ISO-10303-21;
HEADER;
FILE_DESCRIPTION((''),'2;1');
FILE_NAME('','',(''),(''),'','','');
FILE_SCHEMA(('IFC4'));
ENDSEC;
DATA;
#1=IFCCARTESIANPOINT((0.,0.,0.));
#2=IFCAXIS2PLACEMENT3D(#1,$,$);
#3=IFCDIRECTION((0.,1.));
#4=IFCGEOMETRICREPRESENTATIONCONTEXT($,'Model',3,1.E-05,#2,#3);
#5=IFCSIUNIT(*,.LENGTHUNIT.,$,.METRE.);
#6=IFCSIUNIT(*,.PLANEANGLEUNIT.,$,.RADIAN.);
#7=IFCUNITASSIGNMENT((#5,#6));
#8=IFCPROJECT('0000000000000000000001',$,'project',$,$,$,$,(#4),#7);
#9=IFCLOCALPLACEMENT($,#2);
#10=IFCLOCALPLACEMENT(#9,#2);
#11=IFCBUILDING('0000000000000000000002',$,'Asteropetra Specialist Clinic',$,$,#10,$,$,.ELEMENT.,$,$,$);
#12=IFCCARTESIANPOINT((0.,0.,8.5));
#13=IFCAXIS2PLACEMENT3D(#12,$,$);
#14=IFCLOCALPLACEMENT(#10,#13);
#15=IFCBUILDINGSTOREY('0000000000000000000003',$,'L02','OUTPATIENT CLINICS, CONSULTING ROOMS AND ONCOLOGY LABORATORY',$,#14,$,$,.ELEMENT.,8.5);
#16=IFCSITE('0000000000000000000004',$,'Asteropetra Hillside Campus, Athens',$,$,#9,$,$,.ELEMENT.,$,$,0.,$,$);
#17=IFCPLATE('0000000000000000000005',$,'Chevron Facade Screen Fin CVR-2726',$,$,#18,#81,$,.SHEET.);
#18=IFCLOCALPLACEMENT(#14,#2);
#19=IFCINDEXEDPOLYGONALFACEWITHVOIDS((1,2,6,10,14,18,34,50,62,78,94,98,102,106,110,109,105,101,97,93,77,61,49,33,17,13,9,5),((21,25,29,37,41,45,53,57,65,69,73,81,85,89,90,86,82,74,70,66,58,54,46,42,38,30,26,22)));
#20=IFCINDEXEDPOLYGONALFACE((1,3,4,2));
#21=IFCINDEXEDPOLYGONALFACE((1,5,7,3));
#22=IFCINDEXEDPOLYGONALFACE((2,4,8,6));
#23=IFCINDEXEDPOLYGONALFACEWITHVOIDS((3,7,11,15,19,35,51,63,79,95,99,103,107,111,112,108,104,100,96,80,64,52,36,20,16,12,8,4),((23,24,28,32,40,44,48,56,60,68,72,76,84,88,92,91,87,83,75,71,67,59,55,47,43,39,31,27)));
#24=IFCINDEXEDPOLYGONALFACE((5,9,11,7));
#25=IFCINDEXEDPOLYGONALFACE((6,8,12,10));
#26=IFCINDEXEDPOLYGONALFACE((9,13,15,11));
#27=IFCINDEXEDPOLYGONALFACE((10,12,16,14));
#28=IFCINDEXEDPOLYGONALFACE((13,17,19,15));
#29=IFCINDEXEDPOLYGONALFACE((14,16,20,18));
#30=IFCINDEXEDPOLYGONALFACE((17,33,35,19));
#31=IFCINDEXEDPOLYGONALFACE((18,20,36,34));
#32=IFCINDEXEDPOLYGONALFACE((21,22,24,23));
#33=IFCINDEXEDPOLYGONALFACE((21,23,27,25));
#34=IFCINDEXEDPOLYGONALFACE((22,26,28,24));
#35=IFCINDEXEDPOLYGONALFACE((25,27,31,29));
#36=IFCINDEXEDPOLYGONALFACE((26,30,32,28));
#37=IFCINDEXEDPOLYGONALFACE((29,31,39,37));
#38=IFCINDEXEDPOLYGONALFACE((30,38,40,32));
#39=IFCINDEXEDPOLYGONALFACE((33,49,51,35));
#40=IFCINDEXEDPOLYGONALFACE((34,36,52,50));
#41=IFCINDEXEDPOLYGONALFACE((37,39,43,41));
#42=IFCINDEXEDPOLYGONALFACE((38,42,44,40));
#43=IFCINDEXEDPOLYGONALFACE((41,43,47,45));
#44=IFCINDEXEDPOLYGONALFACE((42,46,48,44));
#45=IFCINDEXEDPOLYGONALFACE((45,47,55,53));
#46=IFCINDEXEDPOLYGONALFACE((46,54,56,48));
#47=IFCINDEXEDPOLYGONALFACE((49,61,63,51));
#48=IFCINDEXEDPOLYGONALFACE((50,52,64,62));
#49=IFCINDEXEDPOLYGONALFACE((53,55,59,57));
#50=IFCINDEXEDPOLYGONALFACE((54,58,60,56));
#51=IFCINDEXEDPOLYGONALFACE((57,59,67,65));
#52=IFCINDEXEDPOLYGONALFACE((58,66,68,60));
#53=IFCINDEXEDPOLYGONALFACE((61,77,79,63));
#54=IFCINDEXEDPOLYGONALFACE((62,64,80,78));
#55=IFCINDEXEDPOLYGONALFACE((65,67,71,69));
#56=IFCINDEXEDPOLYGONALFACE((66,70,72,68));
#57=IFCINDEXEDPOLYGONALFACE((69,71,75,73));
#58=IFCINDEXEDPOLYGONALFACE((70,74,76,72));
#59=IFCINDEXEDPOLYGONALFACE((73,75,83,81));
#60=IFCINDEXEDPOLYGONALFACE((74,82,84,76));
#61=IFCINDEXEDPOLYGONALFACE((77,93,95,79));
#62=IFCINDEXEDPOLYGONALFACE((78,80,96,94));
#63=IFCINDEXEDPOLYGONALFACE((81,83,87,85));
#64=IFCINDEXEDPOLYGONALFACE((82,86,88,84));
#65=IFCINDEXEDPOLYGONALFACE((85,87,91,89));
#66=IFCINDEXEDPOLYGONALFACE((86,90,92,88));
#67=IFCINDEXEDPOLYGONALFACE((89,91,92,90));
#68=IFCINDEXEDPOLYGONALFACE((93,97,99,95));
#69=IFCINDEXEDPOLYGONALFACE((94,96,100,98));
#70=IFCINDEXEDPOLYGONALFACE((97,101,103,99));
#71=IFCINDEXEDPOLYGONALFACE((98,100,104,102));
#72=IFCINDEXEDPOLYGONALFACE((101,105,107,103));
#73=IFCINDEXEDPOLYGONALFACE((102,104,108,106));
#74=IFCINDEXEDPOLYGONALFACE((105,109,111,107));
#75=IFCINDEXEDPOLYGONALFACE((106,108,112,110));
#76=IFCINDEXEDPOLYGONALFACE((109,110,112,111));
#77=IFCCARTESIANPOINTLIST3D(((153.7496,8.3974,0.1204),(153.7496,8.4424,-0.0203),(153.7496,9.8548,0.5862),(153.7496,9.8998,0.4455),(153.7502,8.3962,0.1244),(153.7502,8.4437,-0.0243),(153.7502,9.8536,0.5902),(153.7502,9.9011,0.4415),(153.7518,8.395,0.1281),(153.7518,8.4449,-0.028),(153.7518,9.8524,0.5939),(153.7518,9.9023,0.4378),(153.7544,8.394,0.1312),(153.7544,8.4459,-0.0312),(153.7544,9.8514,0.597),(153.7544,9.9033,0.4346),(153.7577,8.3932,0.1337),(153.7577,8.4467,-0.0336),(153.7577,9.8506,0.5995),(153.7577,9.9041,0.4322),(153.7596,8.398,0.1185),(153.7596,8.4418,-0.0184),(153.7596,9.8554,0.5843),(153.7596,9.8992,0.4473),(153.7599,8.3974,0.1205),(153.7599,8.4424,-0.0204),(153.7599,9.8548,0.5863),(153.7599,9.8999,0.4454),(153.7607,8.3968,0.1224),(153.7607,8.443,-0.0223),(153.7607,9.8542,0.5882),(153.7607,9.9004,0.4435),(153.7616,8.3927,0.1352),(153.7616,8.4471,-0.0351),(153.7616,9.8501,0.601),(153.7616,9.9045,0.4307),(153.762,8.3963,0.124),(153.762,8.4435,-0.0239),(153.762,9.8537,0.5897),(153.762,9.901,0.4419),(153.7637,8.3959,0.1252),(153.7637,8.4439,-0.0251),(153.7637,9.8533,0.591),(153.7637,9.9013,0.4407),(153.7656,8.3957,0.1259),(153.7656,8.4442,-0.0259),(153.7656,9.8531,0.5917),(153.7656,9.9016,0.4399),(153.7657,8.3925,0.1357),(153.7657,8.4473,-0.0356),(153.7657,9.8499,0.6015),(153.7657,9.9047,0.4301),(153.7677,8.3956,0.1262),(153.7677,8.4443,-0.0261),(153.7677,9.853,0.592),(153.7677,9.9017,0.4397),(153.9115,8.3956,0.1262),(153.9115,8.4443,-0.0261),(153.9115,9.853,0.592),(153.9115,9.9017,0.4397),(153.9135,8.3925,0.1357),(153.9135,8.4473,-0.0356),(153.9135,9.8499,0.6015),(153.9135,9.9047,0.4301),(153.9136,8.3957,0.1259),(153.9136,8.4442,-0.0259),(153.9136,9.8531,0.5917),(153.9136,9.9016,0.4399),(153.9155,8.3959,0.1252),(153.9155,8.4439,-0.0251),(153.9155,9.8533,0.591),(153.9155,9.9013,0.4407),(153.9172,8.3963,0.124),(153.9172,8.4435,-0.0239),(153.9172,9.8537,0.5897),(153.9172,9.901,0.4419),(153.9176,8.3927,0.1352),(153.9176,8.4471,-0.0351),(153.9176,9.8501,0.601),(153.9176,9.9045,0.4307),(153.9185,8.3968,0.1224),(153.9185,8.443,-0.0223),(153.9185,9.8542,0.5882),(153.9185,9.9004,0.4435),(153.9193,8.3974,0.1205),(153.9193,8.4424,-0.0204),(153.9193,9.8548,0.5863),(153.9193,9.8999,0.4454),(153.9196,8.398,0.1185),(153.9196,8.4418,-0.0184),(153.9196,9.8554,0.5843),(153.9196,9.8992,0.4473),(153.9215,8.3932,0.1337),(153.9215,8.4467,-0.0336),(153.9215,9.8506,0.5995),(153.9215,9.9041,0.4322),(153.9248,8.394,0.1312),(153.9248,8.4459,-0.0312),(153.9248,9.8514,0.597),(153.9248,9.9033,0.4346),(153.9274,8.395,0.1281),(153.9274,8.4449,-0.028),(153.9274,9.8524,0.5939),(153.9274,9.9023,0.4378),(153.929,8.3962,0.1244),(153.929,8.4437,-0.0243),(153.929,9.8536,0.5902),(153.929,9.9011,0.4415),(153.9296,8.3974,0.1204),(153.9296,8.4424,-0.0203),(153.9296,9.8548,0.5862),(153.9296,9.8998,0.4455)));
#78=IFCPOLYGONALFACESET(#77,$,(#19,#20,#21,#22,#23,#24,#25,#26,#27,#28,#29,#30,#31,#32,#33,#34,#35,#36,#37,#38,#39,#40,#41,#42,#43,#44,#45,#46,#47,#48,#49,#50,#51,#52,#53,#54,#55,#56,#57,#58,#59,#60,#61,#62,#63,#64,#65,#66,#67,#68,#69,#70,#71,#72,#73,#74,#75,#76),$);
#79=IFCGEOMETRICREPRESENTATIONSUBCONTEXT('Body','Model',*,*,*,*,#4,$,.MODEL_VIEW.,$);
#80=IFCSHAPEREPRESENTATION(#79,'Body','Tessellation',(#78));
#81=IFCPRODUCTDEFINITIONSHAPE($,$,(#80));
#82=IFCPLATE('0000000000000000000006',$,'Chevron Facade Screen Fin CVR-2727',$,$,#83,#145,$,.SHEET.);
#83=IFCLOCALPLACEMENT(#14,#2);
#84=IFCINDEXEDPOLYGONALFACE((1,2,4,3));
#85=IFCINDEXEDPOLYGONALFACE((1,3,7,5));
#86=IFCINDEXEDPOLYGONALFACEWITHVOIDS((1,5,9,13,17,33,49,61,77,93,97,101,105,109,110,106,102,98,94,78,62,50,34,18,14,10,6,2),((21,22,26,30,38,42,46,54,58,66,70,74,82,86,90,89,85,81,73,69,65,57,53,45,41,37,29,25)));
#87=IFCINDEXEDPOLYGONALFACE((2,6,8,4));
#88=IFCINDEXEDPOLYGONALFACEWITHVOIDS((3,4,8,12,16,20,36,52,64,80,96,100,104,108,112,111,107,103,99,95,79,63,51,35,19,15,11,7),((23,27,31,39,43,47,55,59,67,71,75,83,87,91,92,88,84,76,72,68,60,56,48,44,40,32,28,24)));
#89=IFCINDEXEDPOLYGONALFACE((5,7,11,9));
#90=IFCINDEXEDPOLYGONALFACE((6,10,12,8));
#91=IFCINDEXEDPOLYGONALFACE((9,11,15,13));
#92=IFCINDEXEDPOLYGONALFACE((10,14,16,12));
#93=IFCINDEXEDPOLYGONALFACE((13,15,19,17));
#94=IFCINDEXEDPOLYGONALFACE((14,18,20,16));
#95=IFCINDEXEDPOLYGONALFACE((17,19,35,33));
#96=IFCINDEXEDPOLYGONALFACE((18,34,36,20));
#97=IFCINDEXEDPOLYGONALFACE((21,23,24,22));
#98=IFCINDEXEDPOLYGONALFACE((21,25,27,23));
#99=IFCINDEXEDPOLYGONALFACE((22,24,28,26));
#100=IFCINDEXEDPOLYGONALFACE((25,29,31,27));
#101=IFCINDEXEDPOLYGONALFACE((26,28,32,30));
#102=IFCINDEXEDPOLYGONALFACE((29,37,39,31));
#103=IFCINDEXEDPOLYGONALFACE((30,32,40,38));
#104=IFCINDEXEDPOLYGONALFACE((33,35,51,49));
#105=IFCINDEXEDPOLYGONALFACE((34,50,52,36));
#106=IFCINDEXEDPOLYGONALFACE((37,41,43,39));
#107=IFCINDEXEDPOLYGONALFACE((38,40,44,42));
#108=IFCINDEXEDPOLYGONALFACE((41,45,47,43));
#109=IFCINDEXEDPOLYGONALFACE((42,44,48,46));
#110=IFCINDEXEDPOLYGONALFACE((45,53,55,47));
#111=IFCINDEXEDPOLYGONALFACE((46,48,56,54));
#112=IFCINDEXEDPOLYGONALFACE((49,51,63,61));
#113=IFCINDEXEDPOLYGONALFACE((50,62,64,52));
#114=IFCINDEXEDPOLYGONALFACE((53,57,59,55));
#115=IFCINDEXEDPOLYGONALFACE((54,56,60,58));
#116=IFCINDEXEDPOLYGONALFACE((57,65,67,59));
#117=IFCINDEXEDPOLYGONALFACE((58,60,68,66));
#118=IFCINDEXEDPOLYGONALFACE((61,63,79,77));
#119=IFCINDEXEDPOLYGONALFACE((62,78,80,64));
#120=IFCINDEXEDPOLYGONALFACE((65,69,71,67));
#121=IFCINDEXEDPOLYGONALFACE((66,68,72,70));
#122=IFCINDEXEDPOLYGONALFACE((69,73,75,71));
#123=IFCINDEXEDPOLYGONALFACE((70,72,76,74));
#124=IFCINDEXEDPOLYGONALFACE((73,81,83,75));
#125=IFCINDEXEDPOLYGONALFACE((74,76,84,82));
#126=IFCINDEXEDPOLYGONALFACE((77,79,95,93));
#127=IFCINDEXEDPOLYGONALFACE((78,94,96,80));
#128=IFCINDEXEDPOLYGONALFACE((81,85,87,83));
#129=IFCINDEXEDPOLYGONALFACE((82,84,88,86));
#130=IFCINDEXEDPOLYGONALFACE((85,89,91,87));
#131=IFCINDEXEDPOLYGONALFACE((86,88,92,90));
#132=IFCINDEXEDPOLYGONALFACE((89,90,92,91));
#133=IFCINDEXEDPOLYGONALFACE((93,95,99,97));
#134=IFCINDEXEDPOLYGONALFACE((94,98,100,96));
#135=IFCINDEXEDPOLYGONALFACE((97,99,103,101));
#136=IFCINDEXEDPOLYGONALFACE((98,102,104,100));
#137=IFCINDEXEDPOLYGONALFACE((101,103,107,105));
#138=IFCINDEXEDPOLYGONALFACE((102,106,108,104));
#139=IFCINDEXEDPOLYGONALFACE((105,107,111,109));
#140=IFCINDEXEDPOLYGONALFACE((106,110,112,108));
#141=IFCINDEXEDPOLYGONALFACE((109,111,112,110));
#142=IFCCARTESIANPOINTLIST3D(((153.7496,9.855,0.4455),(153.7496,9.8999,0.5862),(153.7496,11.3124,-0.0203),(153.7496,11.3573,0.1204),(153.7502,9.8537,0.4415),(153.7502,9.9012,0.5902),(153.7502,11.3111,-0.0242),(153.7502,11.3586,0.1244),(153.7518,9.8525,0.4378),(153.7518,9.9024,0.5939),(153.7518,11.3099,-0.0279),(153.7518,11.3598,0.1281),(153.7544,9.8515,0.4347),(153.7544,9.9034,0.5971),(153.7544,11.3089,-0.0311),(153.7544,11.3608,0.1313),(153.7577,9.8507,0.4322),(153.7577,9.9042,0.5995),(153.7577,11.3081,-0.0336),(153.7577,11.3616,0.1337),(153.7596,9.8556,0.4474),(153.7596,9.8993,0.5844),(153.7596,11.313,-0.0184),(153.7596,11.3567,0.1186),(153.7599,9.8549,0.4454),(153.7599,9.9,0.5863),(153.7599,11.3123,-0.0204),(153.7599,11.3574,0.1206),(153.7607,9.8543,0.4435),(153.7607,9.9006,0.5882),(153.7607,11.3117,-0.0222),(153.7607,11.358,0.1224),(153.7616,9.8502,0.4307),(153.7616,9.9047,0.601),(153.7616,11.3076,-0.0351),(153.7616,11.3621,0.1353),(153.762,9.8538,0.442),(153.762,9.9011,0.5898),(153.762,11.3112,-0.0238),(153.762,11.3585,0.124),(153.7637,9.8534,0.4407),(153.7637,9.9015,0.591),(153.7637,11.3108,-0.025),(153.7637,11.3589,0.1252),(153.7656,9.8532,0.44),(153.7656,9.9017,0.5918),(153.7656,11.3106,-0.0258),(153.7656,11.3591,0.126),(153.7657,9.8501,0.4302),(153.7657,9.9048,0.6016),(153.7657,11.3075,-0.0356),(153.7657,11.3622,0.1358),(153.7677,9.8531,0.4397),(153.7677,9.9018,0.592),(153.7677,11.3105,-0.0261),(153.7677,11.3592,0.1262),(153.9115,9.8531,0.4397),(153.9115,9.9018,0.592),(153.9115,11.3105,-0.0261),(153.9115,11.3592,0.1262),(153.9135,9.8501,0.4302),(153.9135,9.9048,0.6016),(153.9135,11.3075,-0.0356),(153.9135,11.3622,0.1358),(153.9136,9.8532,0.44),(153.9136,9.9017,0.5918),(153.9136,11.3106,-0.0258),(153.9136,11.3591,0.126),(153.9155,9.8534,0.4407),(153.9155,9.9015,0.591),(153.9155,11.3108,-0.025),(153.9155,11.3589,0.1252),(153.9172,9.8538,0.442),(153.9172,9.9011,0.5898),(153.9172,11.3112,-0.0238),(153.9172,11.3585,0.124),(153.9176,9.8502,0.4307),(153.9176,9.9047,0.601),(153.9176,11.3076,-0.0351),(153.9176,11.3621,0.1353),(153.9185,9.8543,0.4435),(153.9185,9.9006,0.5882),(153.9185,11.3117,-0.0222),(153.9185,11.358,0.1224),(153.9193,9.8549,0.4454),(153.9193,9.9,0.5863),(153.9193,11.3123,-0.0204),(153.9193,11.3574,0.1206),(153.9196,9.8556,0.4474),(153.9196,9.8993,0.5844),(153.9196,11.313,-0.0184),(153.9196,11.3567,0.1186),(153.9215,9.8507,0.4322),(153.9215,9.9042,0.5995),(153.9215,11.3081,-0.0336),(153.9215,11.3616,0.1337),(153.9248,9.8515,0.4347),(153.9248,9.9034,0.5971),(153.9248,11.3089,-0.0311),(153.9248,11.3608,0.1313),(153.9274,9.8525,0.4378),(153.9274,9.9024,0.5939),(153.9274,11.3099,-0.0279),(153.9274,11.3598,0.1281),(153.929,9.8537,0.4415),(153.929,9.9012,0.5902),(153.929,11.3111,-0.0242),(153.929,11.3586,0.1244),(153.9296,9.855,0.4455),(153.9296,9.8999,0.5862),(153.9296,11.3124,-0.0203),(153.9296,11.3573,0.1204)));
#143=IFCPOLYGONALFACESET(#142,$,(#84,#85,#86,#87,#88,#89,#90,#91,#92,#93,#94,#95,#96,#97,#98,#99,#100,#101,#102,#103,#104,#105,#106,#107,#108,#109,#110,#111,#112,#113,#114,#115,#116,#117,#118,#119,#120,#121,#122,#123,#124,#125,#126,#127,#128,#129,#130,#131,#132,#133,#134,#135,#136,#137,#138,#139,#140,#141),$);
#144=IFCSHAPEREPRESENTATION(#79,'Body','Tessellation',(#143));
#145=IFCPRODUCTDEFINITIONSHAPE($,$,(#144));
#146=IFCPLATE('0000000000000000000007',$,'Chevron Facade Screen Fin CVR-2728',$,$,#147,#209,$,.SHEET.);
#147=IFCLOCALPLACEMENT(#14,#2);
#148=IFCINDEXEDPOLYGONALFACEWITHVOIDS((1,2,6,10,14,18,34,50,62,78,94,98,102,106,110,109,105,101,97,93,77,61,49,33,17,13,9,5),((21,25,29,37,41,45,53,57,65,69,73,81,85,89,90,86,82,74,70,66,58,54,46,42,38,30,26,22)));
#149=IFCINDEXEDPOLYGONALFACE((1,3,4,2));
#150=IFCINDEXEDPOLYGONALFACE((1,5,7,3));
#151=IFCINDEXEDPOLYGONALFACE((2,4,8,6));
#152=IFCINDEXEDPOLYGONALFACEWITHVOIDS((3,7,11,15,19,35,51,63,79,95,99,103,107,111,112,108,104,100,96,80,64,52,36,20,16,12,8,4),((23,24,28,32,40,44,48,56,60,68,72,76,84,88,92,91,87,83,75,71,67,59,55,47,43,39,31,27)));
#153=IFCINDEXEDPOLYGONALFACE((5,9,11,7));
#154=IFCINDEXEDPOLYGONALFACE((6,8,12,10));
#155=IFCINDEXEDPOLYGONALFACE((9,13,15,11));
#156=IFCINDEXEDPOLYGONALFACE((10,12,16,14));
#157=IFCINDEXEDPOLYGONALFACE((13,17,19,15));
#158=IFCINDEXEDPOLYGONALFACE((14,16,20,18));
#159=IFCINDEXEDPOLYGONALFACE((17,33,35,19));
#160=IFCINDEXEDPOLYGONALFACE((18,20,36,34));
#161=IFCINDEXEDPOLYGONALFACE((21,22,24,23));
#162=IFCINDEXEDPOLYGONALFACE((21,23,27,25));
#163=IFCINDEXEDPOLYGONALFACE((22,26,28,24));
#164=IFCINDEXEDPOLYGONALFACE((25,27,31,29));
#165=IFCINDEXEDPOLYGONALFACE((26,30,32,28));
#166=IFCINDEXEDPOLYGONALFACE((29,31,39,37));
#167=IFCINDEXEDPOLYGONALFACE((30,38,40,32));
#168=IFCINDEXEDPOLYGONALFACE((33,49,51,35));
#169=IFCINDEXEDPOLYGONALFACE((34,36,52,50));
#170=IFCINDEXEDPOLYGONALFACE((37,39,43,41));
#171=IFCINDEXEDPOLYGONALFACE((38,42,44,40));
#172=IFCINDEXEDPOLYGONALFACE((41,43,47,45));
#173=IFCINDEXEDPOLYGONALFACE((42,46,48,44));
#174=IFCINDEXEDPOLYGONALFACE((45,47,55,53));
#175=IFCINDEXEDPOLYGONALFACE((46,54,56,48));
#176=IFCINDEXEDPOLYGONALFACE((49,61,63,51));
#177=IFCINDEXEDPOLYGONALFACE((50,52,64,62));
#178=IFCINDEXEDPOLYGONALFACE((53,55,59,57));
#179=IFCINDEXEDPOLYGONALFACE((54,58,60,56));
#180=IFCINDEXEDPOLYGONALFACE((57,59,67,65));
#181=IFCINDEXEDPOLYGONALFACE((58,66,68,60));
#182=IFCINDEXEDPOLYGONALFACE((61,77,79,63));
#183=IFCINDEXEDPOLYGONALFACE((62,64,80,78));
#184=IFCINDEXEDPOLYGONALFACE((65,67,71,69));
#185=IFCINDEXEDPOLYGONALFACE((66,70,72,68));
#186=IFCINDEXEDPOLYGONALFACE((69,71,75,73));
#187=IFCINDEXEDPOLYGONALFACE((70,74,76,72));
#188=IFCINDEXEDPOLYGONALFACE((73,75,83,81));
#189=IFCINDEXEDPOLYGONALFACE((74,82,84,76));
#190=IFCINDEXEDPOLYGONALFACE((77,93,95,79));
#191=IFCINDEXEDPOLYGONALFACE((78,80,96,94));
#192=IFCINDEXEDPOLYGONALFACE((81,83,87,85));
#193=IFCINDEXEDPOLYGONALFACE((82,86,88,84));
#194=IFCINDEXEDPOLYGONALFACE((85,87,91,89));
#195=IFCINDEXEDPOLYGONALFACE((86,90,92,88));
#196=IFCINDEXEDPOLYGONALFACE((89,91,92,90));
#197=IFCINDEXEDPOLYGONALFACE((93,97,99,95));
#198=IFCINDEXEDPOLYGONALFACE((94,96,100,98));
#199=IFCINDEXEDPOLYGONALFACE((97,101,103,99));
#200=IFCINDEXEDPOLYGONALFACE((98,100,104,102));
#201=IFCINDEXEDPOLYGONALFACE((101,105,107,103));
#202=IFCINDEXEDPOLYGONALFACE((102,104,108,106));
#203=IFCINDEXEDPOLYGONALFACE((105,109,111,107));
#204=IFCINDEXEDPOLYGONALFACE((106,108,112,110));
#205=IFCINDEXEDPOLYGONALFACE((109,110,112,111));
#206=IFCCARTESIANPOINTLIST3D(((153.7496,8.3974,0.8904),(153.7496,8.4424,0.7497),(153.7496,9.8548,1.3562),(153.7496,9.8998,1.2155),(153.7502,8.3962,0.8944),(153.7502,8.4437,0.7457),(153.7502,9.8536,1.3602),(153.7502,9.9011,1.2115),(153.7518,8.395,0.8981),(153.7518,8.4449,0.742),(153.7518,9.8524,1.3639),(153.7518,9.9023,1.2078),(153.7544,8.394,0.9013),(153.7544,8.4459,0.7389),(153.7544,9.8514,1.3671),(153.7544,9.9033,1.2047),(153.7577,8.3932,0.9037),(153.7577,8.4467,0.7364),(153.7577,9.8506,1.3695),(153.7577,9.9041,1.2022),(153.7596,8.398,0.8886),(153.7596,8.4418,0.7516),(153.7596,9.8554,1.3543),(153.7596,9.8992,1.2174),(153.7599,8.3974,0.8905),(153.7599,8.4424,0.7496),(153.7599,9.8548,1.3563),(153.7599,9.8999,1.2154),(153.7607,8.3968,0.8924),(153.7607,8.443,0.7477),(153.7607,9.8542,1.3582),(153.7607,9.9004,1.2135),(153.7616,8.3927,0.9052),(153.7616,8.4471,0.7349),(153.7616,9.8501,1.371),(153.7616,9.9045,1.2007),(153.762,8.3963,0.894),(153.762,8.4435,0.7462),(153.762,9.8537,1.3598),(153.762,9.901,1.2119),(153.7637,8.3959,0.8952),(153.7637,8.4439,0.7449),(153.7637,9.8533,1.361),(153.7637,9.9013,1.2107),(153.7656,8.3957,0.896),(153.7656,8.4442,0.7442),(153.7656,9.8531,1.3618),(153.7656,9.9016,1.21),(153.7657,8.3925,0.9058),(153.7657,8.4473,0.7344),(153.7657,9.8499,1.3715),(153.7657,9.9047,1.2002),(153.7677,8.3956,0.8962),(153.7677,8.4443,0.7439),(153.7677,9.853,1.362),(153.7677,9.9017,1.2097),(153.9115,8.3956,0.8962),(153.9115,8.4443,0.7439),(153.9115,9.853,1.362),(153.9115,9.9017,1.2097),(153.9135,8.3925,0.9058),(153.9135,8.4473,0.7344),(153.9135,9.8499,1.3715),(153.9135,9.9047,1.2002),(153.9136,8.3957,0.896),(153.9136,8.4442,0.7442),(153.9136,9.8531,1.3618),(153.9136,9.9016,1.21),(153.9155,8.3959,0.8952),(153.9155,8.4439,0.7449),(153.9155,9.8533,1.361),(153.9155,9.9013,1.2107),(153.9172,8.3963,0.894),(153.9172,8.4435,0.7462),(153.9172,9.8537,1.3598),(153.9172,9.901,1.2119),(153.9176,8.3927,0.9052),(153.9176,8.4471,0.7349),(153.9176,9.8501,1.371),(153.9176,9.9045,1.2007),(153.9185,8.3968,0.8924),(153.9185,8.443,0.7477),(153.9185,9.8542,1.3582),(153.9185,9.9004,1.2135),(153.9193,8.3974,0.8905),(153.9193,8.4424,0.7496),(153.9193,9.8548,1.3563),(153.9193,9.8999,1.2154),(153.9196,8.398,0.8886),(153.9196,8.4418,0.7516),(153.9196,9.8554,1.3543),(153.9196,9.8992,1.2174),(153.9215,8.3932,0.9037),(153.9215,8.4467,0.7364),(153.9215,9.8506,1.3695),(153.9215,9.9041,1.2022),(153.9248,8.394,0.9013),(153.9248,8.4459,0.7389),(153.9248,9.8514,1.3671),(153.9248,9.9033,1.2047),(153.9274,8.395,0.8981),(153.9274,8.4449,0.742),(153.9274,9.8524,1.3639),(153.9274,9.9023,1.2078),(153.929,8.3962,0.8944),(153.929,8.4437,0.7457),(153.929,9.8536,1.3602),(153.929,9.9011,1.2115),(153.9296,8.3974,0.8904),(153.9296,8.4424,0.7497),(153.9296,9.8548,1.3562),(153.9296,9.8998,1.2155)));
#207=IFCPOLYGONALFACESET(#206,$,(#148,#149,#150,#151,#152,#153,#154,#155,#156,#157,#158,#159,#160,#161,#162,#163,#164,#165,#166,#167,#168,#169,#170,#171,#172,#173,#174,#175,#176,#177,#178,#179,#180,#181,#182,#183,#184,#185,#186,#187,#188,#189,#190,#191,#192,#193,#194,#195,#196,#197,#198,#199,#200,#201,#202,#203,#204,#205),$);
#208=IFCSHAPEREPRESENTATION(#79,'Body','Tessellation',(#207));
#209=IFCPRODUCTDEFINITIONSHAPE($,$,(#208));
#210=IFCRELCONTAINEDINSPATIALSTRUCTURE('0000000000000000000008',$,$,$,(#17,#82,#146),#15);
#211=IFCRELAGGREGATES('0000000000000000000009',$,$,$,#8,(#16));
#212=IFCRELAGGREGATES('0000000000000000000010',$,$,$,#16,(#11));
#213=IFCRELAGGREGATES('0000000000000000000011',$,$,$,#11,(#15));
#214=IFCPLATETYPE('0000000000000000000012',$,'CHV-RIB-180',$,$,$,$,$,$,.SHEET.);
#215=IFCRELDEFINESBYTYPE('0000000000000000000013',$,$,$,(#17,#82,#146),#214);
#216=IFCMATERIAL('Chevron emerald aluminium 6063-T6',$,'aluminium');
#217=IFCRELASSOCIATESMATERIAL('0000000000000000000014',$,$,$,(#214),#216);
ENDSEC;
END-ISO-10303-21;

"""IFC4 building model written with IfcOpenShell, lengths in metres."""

from ifc_helpers import new_model, si_unit, direction, frame, origin, origin_2d, place, context, subcontext, project, spatial, hollow_rectangle, extrude, material, material_profile, profile_set, type_object, element, save


model = new_model("IFC4")

# Units and contexts
model_context = context("Model", 3, precision=1e-05, world=origin(), true_north=direction((0.0, 1.0)))
body_context = subcontext(model_context, "Body", "Model", "MODEL_VIEW")
ifc_project = project(units=[si_unit("LENGTHUNIT", "METRE"), si_unit("PLANEANGLEUNIT", "RADIAN")], contexts=[model_context])

# Site, building, storey
site_placement = place(None, origin())
site = spatial("IfcSite", under=ifc_project, at=site_placement, Name="Asteropetra Hillside Campus, Athens", CompositionType="ELEMENT", RefElevation=0.0)
building_placement = place(site_placement, origin())
building = spatial("IfcBuilding", under=site, at=building_placement, Name="Asteropetra Specialist Clinic", CompositionType="ELEMENT")
storey_placement = place(building_placement, frame((0.0, 0.0, 8.5)))
storey = spatial("IfcBuildingStorey", under=building, at=storey_placement, Name="L02", Description="OUTPATIENT CLINICS, CONSULTING ROOMS AND ONCOLOGY LABORATORY", CompositionType="ELEMENT", Elevation=8.5)

# Plates
ifc_material_1 = material(Name="Chevron emerald aluminium 6063-T6", Category="aluminium")
ifc_material_profile_1 = material_profile(ifc_material_1, hollow_rectangle(XDim=0.1799, YDim=0.1799, WallThickness=0.01, InnerFilletRadius=0.0081, OuterFilletRadius=0.0161, at=origin_2d()), Name="SHS 180x180x10.0")
ifc_profile_set_1 = profile_set([ifc_material_profile_1], Name="Chevron emerald aluminium 6063-T6")
plate_type = type_object("IfcPlateType", Name="CHV-RIB-180", PredefinedType="SHEET", material=ifc_profile_set_1)
for number, where, z_axis, x_axis, name in (
    (1, (153.8396, 8.4199, 0.05), (0.0, 0.952535, 0.304428), (-1.0, 0.0, 0.0), "Chevron Facade Screen Fin CVR-2726"),
    (2, (153.8396, 9.8774, 0.5159), (0.0, 0.952535, -0.304428), (-1.0, 0.0, 0.0), "Chevron Facade Screen Fin CVR-2727"),
    (3, (153.8396, 8.4199, 0.8201), (0.0, 0.952535, 0.304428), (-1.0, 0.0, 0.0), "Chevron Facade Screen Fin CVR-2728"),
):
    element("IfcPlate", number, at=place(storey_placement, frame(where, z_axis=z_axis, x_axis=x_axis)), inside=storey, type_object=plate_type, Name=name, PredefinedType="SHEET", context=body_context, shape_type="SweptSolid", body=[
        extrude(hollow_rectangle(XDim=0.1799, YDim=0.1799, WallThickness=0.01, InnerFilletRadius=0.0081, OuterFilletRadius=0.0161, at=origin_2d()), origin(), (0.0, 0.0, 1.0), 1.53),
    ])

save(model, "model.ifc")
